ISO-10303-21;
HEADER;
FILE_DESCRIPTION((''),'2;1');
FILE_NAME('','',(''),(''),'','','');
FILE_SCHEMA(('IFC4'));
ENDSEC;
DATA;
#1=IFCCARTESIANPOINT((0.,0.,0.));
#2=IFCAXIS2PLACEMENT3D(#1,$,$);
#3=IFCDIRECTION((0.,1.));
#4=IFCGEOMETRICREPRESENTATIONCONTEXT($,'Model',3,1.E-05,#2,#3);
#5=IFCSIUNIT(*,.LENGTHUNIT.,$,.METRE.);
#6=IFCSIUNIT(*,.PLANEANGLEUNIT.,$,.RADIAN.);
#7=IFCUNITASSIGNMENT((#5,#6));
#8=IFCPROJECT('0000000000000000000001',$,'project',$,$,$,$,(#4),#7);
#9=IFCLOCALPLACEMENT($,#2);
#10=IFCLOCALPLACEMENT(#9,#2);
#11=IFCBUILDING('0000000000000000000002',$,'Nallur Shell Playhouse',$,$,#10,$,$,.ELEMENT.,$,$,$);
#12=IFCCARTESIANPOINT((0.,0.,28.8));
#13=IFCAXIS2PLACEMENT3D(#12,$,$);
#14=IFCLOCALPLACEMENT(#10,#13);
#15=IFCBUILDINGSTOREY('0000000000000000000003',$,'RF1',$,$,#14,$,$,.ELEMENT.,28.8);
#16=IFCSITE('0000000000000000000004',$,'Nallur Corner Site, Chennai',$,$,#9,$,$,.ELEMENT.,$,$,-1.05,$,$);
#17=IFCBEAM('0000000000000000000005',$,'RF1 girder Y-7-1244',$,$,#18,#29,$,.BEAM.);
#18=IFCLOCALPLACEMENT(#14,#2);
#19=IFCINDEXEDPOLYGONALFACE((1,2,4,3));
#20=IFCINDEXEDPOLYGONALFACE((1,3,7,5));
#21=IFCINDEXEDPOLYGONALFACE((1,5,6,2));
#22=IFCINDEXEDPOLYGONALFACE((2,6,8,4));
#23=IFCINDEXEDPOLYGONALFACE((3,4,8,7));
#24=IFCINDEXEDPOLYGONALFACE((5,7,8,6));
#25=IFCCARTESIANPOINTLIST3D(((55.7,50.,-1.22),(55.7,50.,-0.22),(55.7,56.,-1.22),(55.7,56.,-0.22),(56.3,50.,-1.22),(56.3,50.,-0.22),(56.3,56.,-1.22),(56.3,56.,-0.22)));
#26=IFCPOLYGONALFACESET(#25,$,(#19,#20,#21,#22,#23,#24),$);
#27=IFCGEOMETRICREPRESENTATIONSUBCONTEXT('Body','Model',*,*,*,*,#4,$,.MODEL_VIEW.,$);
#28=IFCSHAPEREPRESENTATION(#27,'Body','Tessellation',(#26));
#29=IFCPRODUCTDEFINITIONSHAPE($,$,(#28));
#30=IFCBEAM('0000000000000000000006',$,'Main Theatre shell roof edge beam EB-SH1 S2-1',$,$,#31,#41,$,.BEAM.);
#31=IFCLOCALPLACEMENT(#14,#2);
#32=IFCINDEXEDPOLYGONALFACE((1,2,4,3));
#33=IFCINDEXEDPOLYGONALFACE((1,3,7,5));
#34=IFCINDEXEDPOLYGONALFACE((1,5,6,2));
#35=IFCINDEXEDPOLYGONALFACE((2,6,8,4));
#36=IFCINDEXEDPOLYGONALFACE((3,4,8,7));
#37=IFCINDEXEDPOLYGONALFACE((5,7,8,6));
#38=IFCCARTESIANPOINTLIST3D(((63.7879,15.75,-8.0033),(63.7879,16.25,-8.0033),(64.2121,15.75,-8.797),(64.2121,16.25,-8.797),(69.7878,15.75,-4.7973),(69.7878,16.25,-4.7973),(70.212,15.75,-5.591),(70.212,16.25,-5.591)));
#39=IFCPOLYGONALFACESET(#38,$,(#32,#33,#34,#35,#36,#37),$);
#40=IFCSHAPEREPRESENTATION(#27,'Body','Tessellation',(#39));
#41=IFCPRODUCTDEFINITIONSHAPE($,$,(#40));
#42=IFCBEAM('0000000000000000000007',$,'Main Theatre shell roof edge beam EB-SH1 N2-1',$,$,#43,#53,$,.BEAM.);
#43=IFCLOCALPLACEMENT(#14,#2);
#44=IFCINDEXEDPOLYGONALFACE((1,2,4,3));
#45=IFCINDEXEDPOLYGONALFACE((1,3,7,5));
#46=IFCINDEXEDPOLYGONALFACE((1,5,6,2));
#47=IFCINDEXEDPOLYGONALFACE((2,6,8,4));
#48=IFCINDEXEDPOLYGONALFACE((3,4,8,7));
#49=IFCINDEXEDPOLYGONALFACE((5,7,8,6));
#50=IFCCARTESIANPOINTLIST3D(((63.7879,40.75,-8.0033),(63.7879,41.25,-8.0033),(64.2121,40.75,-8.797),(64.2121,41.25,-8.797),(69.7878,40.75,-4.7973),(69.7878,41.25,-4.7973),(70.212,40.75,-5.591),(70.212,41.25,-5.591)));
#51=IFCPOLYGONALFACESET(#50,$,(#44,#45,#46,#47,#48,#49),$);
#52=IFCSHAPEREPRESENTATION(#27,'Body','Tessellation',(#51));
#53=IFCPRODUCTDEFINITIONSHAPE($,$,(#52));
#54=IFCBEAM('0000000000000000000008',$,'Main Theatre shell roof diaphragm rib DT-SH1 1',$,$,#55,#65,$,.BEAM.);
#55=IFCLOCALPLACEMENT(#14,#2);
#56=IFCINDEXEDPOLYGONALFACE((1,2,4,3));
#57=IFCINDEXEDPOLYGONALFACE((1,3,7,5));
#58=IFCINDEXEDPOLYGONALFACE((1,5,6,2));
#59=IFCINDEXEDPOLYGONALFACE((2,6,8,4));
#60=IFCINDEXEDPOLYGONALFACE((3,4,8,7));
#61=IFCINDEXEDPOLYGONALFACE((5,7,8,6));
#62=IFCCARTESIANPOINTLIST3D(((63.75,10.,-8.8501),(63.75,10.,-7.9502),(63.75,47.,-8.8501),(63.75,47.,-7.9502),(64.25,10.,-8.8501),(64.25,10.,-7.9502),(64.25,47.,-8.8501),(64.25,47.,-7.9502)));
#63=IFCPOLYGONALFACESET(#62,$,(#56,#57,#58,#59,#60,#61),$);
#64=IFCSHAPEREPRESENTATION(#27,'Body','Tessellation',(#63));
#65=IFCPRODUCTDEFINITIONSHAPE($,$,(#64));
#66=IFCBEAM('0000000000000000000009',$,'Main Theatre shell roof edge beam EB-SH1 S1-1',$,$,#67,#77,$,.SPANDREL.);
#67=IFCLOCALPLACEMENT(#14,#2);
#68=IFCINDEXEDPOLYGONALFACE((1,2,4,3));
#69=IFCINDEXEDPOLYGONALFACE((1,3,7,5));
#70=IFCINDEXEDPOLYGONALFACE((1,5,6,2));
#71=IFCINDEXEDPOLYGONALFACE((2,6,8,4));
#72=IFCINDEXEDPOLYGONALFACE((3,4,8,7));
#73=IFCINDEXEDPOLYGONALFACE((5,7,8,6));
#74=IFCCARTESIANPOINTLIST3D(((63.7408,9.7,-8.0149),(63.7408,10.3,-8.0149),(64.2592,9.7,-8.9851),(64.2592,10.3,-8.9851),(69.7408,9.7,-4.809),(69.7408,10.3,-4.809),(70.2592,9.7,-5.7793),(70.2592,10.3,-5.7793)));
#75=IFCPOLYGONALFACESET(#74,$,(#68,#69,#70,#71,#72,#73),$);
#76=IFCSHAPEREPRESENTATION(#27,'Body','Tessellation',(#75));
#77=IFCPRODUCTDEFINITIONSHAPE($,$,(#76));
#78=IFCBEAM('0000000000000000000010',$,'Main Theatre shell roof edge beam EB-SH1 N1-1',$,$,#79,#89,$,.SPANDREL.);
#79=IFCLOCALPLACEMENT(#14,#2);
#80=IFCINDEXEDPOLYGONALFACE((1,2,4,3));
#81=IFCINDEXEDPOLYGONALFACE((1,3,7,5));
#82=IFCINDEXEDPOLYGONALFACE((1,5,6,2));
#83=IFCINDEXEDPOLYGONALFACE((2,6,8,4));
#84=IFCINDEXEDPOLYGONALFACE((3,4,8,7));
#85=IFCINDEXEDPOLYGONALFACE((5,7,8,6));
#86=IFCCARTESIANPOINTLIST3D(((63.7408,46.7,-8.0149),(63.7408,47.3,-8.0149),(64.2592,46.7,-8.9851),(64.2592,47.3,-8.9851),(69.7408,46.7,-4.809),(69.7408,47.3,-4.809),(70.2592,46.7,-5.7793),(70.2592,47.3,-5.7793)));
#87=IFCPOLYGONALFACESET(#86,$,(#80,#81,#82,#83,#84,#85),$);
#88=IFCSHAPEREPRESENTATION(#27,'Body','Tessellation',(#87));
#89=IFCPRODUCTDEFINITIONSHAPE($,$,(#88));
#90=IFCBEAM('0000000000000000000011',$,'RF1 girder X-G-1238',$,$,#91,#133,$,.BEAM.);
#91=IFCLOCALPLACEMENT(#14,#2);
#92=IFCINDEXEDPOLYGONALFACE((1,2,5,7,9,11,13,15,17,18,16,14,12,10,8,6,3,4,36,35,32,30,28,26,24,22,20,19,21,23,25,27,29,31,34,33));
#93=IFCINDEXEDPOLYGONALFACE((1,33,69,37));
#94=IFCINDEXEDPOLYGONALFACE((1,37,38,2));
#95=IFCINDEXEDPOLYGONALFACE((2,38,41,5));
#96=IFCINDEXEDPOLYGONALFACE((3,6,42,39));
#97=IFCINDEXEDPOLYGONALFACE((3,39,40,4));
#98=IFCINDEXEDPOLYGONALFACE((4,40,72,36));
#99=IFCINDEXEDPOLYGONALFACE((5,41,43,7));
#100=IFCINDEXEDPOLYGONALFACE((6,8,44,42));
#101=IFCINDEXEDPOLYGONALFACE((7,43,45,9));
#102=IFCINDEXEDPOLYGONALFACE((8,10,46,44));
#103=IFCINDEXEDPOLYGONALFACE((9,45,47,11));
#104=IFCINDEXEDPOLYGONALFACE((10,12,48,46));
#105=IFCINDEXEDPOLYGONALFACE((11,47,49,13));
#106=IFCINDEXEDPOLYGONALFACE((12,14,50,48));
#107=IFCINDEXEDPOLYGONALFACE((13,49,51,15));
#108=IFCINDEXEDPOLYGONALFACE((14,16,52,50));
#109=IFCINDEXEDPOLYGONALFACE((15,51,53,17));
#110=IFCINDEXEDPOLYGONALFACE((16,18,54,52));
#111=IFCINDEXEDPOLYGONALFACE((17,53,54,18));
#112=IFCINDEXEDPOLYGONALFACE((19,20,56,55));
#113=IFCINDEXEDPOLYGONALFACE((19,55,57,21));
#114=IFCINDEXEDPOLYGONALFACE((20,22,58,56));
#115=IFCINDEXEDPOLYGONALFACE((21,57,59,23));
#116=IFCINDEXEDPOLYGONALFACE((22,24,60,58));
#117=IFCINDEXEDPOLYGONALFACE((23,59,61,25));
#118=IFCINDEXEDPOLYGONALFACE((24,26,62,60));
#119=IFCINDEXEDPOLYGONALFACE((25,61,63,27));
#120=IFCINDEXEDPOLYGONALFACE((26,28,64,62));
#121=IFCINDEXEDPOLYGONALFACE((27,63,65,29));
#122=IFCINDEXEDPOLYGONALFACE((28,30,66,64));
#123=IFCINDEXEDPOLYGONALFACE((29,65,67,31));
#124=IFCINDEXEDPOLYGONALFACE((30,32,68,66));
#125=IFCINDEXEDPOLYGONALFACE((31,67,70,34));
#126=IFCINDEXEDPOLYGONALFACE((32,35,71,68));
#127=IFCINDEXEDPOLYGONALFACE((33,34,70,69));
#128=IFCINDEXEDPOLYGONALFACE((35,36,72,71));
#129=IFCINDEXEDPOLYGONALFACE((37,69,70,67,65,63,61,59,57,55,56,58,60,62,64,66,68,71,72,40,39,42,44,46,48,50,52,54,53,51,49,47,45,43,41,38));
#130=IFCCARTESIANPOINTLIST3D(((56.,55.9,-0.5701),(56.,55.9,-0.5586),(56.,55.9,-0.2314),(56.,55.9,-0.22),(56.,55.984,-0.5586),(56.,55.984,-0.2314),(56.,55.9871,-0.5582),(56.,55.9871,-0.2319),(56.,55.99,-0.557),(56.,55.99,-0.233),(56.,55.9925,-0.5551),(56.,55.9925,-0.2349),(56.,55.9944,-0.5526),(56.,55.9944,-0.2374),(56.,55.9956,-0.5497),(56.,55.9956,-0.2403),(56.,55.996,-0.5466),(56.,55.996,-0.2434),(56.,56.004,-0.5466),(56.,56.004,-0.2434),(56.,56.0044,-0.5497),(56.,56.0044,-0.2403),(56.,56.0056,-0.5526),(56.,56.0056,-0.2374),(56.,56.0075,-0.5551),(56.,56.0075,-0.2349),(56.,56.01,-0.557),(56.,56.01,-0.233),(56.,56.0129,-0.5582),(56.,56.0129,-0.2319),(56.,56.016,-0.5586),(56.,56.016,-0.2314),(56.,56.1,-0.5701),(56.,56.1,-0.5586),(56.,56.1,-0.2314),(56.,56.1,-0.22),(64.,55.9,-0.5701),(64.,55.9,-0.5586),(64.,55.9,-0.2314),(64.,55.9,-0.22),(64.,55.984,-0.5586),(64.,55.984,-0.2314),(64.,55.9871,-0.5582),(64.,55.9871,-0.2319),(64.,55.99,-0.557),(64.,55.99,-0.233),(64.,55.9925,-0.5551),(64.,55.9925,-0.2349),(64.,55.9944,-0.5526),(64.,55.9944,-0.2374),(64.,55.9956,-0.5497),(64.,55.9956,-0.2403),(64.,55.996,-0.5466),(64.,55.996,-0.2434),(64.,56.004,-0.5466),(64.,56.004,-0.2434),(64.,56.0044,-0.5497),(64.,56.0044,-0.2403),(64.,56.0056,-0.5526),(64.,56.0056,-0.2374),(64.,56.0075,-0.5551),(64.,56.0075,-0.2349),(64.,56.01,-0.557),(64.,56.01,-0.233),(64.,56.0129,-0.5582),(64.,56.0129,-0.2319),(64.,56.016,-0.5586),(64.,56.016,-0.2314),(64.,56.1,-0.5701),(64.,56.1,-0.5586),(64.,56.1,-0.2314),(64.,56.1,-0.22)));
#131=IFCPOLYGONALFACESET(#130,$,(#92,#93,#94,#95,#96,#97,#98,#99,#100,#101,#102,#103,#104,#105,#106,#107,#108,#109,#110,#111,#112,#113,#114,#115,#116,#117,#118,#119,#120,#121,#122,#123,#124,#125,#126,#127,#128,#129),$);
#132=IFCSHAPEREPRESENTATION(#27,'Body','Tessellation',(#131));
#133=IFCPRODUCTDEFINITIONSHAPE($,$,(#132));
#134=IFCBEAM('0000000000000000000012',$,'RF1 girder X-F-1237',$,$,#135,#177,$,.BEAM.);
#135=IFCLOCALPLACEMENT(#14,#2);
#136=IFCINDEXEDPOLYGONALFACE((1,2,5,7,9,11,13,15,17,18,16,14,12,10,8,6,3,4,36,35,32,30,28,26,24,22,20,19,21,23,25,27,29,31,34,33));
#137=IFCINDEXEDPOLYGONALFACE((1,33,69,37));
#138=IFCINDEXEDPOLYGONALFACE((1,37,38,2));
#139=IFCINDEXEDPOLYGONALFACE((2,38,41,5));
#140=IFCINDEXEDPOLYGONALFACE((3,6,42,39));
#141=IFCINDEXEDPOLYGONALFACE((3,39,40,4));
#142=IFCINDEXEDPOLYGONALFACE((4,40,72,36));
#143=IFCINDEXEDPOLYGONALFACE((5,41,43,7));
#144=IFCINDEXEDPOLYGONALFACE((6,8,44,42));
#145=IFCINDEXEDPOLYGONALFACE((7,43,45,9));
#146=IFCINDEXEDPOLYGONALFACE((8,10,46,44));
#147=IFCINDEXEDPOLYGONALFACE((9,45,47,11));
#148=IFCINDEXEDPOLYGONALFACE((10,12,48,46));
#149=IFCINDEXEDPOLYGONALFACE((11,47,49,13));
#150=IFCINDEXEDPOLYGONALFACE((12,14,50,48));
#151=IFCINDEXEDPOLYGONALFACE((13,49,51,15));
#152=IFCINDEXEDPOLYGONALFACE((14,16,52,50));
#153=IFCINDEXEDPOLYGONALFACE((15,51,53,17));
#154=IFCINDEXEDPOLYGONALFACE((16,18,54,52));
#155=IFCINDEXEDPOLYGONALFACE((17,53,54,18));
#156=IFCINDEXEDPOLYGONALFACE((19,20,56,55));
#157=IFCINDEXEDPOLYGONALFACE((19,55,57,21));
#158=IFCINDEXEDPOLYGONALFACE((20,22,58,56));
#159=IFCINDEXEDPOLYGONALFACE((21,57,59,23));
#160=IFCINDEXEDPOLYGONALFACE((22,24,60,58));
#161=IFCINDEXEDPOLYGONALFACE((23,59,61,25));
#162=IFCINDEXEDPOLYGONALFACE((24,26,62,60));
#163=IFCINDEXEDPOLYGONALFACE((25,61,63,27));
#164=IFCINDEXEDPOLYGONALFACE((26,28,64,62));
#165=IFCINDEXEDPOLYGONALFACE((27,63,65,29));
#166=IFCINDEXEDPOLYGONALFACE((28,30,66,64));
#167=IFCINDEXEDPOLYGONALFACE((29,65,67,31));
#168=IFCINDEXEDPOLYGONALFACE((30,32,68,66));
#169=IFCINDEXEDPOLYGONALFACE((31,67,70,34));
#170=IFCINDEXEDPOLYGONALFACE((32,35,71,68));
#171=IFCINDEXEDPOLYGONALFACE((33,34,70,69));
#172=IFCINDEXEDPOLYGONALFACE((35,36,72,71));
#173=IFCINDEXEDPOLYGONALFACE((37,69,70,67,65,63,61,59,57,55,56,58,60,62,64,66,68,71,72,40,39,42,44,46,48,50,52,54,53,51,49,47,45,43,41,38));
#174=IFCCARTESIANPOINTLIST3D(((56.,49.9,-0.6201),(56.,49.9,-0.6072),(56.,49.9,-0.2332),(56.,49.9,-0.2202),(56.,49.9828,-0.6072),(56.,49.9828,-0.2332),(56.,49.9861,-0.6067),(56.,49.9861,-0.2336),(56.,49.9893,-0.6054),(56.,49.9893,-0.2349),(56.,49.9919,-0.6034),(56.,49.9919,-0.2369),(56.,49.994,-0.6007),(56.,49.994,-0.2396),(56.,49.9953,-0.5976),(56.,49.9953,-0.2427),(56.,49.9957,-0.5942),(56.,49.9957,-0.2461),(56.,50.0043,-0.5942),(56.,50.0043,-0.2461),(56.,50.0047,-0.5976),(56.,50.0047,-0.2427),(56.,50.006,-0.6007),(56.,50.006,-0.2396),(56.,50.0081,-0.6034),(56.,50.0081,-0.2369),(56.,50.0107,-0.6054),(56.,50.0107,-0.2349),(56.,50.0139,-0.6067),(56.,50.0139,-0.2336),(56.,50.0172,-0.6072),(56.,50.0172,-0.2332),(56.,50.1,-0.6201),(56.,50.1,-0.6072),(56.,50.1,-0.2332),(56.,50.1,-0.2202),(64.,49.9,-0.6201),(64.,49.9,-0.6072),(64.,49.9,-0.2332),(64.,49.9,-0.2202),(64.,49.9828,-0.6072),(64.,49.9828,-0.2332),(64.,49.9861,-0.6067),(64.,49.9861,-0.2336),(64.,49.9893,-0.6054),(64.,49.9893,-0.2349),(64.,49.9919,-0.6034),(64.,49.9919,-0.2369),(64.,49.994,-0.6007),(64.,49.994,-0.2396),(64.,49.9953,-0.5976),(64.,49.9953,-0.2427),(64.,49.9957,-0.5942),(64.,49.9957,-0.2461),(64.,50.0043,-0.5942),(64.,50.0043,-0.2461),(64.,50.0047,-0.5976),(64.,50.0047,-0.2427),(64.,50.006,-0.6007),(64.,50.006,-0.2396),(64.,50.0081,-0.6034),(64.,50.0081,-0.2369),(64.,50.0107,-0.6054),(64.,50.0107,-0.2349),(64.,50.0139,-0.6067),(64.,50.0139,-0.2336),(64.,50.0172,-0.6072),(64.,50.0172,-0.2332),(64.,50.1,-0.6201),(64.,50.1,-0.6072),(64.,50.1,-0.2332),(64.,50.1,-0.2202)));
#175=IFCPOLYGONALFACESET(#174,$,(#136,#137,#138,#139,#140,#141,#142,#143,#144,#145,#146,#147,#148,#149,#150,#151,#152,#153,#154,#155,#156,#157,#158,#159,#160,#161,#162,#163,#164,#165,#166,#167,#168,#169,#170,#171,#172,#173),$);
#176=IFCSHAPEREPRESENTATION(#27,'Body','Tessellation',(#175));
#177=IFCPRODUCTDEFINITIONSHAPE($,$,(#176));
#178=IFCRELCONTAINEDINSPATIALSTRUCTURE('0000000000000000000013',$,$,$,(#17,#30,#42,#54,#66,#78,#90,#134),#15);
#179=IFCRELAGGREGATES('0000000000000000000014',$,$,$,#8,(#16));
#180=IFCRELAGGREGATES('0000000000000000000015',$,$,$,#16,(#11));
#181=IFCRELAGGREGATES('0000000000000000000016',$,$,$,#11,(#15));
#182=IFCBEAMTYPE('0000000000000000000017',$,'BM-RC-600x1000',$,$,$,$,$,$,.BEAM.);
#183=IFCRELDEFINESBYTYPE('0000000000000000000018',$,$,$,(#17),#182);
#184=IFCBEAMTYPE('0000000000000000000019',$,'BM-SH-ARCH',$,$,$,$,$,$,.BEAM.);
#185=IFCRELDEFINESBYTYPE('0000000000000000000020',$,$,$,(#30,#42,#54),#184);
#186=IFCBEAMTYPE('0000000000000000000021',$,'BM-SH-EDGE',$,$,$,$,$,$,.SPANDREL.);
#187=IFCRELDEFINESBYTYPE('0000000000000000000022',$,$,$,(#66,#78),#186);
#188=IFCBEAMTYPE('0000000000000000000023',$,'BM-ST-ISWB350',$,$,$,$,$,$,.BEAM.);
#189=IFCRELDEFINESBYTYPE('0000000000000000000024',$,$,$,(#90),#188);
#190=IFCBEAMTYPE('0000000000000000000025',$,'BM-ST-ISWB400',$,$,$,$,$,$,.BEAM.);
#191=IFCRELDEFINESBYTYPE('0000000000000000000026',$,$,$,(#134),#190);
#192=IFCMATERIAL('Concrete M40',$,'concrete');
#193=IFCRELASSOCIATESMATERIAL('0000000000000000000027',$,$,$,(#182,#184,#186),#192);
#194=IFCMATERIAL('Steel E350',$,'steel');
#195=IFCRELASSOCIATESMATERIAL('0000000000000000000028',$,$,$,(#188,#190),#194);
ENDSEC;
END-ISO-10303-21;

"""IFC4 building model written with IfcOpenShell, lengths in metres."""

from ifc_helpers import new_model, si_unit, direction, frame, origin, origin_2d, place, context, subcontext, project, spatial, rectangle, i_section, extrude, material, material_profile, profile_set, type_object, element, save


model = new_model("IFC4")

# Units and contexts
model_context = context("Model", 3, precision=1e-05, world=origin(), true_north=direction((0.0, 1.0)))
body_context = subcontext(model_context, "Body", "Model", "MODEL_VIEW")
ifc_project = project(units=[si_unit("LENGTHUNIT", "METRE"), si_unit("PLANEANGLEUNIT", "RADIAN")], contexts=[model_context])

# Site, building, storey
site_placement = place(None, origin())
site = spatial("IfcSite", under=ifc_project, at=site_placement, Name="Nallur Corner Site, Chennai", CompositionType="ELEMENT", RefElevation=-1.05)
building_placement = place(site_placement, origin())
building = spatial("IfcBuilding", under=site, at=building_placement, Name="Nallur Shell Playhouse", CompositionType="ELEMENT")
storey_placement = place(building_placement, frame((0.0, 0.0, 28.8)))
storey = spatial("IfcBuildingStorey", under=building, at=storey_placement, Name="RF1", CompositionType="ELEMENT", Elevation=28.8)

# Shared definitions
ifc_material_1 = material(Name="Steel E350", Category="steel")

# Beams
ifc_material_2 = material(Name="Concrete M40", Category="concrete")
ifc_material_profile_1 = material_profile(ifc_material_2, rectangle(XDim=0.6001, YDim=1.0, at=origin_2d()), Name="RC 600x1000")
ifc_profile_set_1 = profile_set([ifc_material_profile_1], Name="Concrete M40")
beam_type_1 = type_object("IfcBeamType", Name="BM-RC-600x1000", PredefinedType="BEAM", material=ifc_profile_set_1)
beam_1_placement = place(storey_placement, frame((56.0, 50.0, -0.72), z_axis=(0.0, 1.0, 0.0), x_axis=(-1.0, 0.0, 0.0)))
element("IfcBeam", 1, at=beam_1_placement, inside=storey, type_object=beam_type_1, Name="RF1 girder Y-7-1244", PredefinedType="BEAM", context=body_context, shape_type="SweptSolid", body=[
    extrude(rectangle(XDim=0.6001, YDim=1.0, at=origin_2d()), origin(), (0.0, 0.0, 1.0), 6.0),
])
ifc_material_profile_2 = material_profile(ifc_material_2, rectangle(XDim=0.5, YDim=0.8999, at=origin_2d()), Name="RC 500x900")
ifc_profile_set_2 = profile_set([ifc_material_profile_2], Name="Concrete M40")
beam_type_2 = type_object("IfcBeamType", Name="BM-SH-ARCH", PredefinedType="BEAM", material=ifc_profile_set_2)
for number, where, z_axis, x_axis, name in (
    (2, (64.0, 16.0, -8.4001), (0.881983, 0.0, 0.471281), (0.0, 1.0, 0.0), "Main Theatre shell roof edge beam EB-SH1 S2-1"),
    (3, (64.0, 41.0, -8.4001), (0.881983, 0.0, 0.471281), (0.0, 1.0, 0.0), "Main Theatre shell roof edge beam EB-SH1 N2-1"),
):
    element("IfcBeam", number, at=place(storey_placement, frame(where, z_axis=z_axis, x_axis=x_axis)), inside=storey, type_object=beam_type_2, Name=name, PredefinedType="BEAM", context=body_context, shape_type="SweptSolid", body=[
        extrude(rectangle(XDim=0.5, YDim=0.8999, at=origin_2d()), origin(), (0.0, 0.0, 1.0), 6.8027),
    ])
beam_2_placement = place(storey_placement, frame((64.0, 10.0, -8.4001), z_axis=(0.0, 1.0, 0.0), x_axis=(-1.0, 0.0, 0.0)))
element("IfcBeam", 4, at=beam_2_placement, inside=storey, type_object=beam_type_2, Name="Main Theatre shell roof diaphragm rib DT-SH1 1", PredefinedType="BEAM", context=body_context, shape_type="SweptSolid", body=[
    extrude(rectangle(XDim=0.5, YDim=0.8999, at=origin_2d()), origin(), (0.0, 0.0, 1.0), 37.0),
])
ifc_material_profile_3 = material_profile(ifc_material_2, rectangle(XDim=0.6001, YDim=1.1001, at=origin_2d()), Name="RC 600x1100")
ifc_profile_set_3 = profile_set([ifc_material_profile_3], Name="Concrete M40")
beam_type_3 = type_object("IfcBeamType", Name="BM-SH-EDGE", PredefinedType="SPANDREL", material=ifc_profile_set_3)
for number, where, z_axis, x_axis, name in (
    (5, (64.0, 10.0, -8.5), (0.881998, 0.0, 0.471253), (0.0, 1.0, 0.0), "Main Theatre shell roof edge beam EB-SH1 S1-1"),
    (6, (64.0, 47.0, -8.5), (0.881998, 0.0, 0.471253), (0.0, 1.0, 0.0), "Main Theatre shell roof edge beam EB-SH1 N1-1"),
):
    element("IfcBeam", number, at=place(storey_placement, frame(where, z_axis=z_axis, x_axis=x_axis)), inside=storey, type_object=beam_type_3, Name=name, PredefinedType="SPANDREL", context=body_context, shape_type="SweptSolid", body=[
        extrude(rectangle(XDim=0.6001, YDim=1.1001, at=origin_2d()), origin(), (0.0, 0.0, 1.0), 6.8027),
    ])
ifc_material_profile_4 = material_profile(ifc_material_1, i_section(OverallWidth=0.2, OverallDepth=0.3501, WebThickness=0.0081, FlangeThickness=0.0115, FilletRadius=0.012, at=origin_2d()), Name="ISWB 350")
ifc_profile_set_4 = profile_set([ifc_material_profile_4], Name="Steel E350")
beam_type_4 = type_object("IfcBeamType", Name="BM-ST-ISWB350", PredefinedType="BEAM", material=ifc_profile_set_4)
beam_3_placement = place(storey_placement, frame((56.0, 56.0, -0.395), z_axis=(1.0, 0.0, 0.0), x_axis=(0.0, 1.0, 0.0)))
element("IfcBeam", 7, at=beam_3_placement, inside=storey, type_object=beam_type_4, Name="RF1 girder X-G-1238", PredefinedType="BEAM", context=body_context, shape_type="SweptSolid", body=[
    extrude(i_section(OverallWidth=0.2, OverallDepth=0.3501, WebThickness=0.0081, FlangeThickness=0.0115, FilletRadius=0.012, at=origin_2d()), origin(), (0.0, 0.0, 1.0), 8.0),
])
ifc_material_profile_5 = material_profile(ifc_material_1, i_section(OverallWidth=0.2, OverallDepth=0.3999, WebThickness=0.0085, FlangeThickness=0.0129, FilletRadius=0.0129, at=origin_2d()), Name="ISWB 400")
ifc_profile_set_5 = profile_set([ifc_material_profile_5], Name="Steel E350")
beam_type_5 = type_object("IfcBeamType", Name="BM-ST-ISWB400", PredefinedType="BEAM", material=ifc_profile_set_5)
beam_4_placement = place(storey_placement, frame((56.0, 50.0, -0.4202), z_axis=(1.0, 0.0, 0.0), x_axis=(0.0, 1.0, 0.0)))
element("IfcBeam", 8, at=beam_4_placement, inside=storey, type_object=beam_type_5, Name="RF1 girder X-F-1237", PredefinedType="BEAM", context=body_context, shape_type="SweptSolid", body=[
    extrude(i_section(OverallWidth=0.2, OverallDepth=0.3999, WebThickness=0.0085, FlangeThickness=0.0129, FilletRadius=0.0129, at=origin_2d()), origin(), (0.0, 0.0, 1.0), 8.0),
])

save(model, "model.ifc")
